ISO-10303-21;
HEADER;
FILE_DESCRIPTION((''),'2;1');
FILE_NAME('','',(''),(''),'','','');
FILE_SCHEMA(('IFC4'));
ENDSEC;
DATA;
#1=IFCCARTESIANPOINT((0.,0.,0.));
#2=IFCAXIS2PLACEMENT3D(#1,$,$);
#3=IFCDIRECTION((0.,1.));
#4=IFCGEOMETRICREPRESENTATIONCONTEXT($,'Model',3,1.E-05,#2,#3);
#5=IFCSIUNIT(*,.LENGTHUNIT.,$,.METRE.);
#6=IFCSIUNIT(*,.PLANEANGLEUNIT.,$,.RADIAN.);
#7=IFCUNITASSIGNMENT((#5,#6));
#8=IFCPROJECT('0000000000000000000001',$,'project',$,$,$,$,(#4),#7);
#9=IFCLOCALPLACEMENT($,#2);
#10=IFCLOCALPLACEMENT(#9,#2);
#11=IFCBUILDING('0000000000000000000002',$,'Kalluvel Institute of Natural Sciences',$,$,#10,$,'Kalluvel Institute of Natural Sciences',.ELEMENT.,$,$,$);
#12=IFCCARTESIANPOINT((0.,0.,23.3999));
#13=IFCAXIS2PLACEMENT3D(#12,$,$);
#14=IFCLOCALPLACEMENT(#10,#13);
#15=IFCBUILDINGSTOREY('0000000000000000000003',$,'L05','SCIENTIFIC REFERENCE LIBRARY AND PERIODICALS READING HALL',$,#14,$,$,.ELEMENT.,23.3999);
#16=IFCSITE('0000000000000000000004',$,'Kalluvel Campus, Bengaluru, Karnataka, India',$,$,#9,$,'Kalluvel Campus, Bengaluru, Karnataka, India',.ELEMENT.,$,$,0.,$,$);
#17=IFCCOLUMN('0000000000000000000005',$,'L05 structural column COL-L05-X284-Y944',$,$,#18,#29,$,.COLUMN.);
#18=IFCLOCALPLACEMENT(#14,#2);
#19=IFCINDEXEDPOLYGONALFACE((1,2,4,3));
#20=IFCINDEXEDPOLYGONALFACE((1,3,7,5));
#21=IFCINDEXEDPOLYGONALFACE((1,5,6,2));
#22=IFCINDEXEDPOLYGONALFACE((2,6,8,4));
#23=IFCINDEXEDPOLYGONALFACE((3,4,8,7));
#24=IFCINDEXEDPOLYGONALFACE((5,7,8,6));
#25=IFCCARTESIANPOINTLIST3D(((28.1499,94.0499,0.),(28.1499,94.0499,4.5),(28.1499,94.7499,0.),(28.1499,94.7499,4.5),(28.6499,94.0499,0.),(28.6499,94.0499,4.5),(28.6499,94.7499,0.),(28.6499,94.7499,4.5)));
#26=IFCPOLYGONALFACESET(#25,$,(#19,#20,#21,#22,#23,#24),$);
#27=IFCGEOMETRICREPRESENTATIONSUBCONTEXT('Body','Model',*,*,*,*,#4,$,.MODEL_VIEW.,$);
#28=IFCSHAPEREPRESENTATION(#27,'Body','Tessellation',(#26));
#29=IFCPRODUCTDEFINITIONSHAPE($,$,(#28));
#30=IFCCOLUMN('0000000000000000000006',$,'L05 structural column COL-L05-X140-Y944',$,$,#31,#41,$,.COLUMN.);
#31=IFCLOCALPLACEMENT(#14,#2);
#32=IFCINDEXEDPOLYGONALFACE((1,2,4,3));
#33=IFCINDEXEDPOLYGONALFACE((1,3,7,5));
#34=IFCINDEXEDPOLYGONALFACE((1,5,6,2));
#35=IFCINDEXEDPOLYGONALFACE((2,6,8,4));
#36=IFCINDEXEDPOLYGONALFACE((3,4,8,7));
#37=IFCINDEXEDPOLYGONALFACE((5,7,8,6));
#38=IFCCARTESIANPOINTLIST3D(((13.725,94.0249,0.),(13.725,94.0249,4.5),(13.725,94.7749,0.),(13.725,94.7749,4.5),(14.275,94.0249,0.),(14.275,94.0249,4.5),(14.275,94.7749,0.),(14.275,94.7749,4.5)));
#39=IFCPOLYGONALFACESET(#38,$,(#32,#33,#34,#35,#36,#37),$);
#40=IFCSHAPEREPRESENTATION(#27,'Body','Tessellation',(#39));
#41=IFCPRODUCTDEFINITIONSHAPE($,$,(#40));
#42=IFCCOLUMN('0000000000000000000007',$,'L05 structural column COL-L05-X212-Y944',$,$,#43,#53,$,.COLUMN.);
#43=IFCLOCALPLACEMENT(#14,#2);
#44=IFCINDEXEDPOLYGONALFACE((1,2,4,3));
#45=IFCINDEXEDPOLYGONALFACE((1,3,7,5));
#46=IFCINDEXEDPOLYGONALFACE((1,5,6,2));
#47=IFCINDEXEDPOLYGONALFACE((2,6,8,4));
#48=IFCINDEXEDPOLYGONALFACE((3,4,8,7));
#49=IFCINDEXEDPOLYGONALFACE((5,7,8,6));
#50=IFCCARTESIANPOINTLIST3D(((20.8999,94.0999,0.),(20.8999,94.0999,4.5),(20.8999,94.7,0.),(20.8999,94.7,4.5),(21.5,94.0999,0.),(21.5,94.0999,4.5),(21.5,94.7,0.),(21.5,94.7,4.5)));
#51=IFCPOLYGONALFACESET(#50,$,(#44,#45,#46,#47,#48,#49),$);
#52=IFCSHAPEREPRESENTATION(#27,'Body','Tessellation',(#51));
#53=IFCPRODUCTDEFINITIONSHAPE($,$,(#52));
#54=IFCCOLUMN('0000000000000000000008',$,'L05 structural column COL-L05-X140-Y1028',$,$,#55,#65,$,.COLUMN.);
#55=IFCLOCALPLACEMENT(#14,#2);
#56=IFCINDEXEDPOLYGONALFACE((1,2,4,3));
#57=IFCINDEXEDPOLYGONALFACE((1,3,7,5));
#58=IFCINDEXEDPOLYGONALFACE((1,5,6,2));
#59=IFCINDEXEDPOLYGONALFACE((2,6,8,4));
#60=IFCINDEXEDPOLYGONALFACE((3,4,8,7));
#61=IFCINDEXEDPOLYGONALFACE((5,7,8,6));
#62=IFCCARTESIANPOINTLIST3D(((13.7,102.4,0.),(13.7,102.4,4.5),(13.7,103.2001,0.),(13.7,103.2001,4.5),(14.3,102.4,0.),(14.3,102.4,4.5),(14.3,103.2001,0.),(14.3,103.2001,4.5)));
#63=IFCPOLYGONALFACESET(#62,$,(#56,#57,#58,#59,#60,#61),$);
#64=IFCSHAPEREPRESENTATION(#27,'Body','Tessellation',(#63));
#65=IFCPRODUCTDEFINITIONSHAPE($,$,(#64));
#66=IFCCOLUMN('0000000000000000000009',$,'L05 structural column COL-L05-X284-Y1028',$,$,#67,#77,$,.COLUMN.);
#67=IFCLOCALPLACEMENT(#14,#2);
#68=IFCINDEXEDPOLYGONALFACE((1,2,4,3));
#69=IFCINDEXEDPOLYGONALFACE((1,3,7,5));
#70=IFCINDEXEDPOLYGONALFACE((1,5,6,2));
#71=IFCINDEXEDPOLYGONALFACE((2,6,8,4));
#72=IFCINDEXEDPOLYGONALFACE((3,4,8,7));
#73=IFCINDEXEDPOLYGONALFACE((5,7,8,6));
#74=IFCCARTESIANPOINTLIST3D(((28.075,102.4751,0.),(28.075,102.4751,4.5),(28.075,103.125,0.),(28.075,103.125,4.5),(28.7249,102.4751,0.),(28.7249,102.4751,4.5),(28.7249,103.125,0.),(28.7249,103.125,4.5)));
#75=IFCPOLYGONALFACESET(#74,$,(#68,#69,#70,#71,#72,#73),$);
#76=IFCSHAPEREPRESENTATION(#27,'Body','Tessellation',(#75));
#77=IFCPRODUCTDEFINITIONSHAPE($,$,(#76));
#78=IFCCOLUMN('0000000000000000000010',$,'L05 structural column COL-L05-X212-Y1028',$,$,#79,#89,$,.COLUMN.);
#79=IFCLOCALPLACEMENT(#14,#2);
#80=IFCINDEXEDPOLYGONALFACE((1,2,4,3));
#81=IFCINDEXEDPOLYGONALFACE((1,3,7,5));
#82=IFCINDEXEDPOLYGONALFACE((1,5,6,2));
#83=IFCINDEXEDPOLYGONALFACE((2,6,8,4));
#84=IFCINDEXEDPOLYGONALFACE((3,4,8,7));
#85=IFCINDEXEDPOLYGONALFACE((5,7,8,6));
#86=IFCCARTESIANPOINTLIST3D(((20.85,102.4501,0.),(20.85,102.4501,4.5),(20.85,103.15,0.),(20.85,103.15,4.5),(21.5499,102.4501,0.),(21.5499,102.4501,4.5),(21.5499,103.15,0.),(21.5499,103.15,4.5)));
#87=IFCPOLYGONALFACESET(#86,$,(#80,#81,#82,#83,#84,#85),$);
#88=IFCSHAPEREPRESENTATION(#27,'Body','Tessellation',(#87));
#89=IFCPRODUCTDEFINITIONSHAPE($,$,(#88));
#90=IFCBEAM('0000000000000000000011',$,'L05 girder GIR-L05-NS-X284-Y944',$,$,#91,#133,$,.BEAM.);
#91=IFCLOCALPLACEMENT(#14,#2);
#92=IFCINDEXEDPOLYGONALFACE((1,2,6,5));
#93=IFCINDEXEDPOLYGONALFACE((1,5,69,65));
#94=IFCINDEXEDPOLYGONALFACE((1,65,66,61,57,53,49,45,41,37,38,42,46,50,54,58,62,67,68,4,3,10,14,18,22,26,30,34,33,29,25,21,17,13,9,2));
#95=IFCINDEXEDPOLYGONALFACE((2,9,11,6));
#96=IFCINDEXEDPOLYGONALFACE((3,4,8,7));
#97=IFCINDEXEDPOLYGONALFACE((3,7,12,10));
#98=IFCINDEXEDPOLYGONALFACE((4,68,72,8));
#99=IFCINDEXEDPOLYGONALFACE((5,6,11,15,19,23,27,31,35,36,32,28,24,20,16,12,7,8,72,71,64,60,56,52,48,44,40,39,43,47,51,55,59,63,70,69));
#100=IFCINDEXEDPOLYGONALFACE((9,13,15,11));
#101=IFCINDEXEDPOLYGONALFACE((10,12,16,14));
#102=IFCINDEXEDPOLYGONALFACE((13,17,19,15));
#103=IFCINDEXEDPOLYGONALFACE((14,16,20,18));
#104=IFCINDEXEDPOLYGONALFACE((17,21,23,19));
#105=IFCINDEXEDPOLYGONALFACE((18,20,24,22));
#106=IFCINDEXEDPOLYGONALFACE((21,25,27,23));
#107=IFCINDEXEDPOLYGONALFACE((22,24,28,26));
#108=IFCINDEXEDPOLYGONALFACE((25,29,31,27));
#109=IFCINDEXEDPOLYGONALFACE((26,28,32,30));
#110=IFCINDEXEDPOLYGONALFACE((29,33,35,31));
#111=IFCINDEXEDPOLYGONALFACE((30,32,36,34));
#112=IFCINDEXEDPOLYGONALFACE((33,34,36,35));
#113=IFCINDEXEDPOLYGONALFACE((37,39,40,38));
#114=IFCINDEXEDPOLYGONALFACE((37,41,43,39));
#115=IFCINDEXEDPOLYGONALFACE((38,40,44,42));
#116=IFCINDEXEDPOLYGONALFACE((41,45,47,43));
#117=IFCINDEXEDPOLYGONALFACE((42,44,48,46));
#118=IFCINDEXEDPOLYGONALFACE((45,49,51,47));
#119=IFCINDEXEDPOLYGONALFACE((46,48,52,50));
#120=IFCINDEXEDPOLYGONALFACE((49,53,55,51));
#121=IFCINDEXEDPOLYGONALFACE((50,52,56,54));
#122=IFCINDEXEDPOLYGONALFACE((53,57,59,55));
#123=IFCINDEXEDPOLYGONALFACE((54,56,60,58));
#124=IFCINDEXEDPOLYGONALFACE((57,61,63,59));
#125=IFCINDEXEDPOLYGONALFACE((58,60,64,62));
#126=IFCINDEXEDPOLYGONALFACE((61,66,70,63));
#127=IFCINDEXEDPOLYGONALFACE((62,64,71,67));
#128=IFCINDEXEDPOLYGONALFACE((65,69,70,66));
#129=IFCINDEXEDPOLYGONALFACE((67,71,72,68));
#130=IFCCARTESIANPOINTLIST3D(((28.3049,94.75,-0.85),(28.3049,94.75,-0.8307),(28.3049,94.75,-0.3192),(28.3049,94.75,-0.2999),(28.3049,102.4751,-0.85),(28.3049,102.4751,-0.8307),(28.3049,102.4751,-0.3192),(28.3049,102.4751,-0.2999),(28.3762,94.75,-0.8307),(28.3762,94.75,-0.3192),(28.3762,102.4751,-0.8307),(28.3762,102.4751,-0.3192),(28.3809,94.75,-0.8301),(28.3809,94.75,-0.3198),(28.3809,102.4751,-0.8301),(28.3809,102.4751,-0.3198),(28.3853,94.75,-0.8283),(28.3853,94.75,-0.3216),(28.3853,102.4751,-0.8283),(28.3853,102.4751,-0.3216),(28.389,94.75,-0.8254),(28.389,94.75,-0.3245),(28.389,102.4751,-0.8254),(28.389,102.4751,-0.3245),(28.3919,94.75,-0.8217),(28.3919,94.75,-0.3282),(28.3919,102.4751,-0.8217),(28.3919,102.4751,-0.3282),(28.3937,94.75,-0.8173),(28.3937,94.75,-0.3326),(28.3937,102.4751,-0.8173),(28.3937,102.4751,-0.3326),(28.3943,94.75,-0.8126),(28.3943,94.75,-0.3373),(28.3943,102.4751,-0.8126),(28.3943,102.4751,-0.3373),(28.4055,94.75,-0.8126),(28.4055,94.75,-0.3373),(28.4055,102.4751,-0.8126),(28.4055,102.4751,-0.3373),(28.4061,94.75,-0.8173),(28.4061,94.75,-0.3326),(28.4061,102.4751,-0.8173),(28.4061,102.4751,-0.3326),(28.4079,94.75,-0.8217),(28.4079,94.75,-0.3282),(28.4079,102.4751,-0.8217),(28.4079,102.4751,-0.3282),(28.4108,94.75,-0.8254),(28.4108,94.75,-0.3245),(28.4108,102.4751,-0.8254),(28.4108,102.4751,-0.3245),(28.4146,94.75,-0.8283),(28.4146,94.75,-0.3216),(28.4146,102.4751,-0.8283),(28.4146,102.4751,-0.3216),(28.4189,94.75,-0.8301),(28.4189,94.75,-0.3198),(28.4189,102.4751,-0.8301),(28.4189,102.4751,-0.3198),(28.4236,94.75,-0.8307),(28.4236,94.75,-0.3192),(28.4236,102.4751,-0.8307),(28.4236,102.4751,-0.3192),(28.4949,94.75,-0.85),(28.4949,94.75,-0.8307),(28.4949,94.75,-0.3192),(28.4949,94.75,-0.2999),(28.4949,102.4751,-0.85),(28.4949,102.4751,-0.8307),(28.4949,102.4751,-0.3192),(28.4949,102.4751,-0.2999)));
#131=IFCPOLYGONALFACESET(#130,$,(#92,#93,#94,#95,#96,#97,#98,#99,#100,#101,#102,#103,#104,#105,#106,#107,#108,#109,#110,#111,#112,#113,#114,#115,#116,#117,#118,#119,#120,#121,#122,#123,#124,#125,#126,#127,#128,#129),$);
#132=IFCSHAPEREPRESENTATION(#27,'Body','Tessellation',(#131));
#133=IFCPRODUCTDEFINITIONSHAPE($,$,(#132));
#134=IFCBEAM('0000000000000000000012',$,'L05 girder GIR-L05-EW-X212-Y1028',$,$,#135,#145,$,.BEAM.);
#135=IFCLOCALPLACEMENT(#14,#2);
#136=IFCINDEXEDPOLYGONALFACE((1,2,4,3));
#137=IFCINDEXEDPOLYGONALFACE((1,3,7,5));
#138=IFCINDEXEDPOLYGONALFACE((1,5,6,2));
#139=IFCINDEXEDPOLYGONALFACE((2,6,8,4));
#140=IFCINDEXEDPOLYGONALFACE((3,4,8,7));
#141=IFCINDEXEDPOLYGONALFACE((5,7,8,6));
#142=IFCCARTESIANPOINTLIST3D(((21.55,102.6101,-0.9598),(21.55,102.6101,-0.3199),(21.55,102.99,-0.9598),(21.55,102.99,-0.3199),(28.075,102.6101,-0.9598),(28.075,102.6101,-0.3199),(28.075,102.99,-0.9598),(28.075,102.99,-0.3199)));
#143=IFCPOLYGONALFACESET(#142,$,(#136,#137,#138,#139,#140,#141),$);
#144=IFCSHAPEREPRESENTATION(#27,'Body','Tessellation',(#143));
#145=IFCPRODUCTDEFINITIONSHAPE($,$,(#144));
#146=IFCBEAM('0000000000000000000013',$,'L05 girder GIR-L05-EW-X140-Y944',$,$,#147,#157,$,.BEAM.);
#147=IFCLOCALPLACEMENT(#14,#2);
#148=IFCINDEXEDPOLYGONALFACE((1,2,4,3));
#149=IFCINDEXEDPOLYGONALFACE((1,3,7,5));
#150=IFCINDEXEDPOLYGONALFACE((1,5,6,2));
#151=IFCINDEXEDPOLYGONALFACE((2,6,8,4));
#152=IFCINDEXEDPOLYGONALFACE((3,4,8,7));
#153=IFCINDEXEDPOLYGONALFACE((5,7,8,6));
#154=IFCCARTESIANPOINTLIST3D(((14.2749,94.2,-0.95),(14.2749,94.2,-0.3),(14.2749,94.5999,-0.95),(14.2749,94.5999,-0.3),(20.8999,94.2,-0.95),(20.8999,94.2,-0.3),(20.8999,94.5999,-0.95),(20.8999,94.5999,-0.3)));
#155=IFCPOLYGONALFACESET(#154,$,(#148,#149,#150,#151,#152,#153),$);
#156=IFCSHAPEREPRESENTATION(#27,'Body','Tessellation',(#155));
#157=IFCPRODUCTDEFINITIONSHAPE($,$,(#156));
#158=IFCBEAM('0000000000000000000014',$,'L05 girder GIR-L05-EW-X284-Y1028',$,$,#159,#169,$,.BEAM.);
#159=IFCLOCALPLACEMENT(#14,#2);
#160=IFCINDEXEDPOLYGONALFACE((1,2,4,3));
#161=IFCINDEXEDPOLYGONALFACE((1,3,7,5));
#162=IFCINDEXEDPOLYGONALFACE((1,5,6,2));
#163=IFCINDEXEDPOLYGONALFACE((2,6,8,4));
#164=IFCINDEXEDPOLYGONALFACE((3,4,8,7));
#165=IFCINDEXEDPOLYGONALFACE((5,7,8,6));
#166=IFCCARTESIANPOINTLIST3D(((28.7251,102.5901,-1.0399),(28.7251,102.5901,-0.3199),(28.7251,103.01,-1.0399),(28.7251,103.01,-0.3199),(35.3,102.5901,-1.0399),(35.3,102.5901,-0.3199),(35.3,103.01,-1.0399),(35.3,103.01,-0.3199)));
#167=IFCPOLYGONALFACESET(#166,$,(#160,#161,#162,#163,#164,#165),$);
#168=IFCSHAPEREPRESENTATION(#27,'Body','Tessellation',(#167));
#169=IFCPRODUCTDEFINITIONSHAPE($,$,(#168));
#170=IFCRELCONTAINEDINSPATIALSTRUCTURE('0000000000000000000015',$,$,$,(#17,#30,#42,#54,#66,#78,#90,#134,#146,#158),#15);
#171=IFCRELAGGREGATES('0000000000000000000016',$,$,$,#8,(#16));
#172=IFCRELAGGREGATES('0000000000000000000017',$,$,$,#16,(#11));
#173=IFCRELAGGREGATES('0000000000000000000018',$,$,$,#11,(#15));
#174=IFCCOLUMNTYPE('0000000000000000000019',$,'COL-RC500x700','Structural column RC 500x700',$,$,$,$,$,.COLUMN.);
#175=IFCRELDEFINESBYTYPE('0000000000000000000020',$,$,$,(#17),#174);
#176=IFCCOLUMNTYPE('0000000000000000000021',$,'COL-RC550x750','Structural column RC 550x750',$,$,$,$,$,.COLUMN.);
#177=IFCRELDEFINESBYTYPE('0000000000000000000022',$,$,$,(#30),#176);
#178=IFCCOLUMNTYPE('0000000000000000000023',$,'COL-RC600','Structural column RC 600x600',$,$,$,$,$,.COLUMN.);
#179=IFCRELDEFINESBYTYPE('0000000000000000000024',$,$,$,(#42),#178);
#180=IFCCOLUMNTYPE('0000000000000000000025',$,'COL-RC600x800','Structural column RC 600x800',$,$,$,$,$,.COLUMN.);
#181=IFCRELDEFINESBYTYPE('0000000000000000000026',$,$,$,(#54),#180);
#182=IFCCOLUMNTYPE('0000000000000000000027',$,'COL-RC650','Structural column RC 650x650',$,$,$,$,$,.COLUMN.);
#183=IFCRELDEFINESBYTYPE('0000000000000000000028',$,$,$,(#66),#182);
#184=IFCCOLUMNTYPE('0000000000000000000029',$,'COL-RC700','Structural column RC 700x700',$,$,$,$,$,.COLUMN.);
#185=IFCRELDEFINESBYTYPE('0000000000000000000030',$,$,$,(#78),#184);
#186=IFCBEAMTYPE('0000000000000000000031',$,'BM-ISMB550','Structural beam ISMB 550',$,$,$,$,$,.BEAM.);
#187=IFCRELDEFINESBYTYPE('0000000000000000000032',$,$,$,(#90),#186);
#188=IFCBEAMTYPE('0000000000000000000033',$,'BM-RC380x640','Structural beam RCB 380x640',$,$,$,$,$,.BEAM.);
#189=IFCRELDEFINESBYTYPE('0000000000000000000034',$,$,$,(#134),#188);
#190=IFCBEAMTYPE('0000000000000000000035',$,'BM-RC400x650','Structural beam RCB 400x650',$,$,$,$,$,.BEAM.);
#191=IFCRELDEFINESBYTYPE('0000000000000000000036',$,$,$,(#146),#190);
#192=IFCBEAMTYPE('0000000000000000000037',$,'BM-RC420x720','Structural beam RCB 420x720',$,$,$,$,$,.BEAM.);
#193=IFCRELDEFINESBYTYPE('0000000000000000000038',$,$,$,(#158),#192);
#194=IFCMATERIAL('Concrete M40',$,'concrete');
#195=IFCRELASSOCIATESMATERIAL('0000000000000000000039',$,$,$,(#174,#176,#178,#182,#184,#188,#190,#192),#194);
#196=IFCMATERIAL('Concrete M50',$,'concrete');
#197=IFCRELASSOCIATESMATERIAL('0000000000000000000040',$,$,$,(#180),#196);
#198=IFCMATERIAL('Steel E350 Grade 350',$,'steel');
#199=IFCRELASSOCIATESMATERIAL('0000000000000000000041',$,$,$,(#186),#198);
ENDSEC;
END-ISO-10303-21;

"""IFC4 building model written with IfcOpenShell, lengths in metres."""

from ifc_helpers import new_model, si_unit, direction, frame, origin, origin_2d, place, context, subcontext, project, spatial, rectangle, i_section, extrude, material, material_profile, profile_set, type_object, element, save


model = new_model("IFC4")

# Units and contexts
model_context = context("Model", 3, precision=1e-05, world=origin(), true_north=direction((0.0, 1.0)))
body_context = subcontext(model_context, "Body", "Model", "MODEL_VIEW")
ifc_project = project(units=[si_unit("LENGTHUNIT", "METRE"), si_unit("PLANEANGLEUNIT", "RADIAN")], contexts=[model_context])

# Site, building, storey
site_placement = place(None, origin())
site = spatial("IfcSite", under=ifc_project, at=site_placement, Name="Kalluvel Campus, Bengaluru, Karnataka, India", LongName="Kalluvel Campus, Bengaluru, Karnataka, India", CompositionType="ELEMENT", RefElevation=0.0)
building_placement = place(site_placement, origin())
building = spatial("IfcBuilding", under=site, at=building_placement, Name="Kalluvel Institute of Natural Sciences", LongName="Kalluvel Institute of Natural Sciences", CompositionType="ELEMENT")
storey_placement = place(building_placement, frame((0.0, 0.0, 23.3999)))
storey = spatial("IfcBuildingStorey", under=building, at=storey_placement, Name="L05", Description="SCIENTIFIC REFERENCE LIBRARY AND PERIODICALS READING HALL", CompositionType="ELEMENT", Elevation=23.3999)

# Columns
ifc_material_1 = material(Name="Concrete M40", Category="concrete")
ifc_material_profile_1 = material_profile(ifc_material_1, rectangle(XDim=0.5, YDim=0.7, at=origin_2d()), Name="RC 500x700")
ifc_profile_set_1 = profile_set([ifc_material_profile_1], Name="Concrete M40")
column_type_1 = type_object("IfcColumnType", Name="COL-RC500x700", Description="Structural column RC 500x700", PredefinedType="COLUMN", material=ifc_profile_set_1)
column_1_placement = place(storey_placement, frame((28.3999, 94.3999, 0.0), z_axis=(0.0, 0.0, 1.0), x_axis=(1.0, 0.0, 0.0)))
element("IfcColumn", 1, at=column_1_placement, inside=storey, type_object=column_type_1, Name="L05 structural column COL-L05-X284-Y944", PredefinedType="COLUMN", context=body_context, shape_type="SweptSolid", body=[
    extrude(rectangle(XDim=0.5, YDim=0.7, at=origin_2d()), origin(), (0.0, 0.0, 1.0), 4.5),
])
ifc_material_profile_2 = material_profile(ifc_material_1, rectangle(XDim=0.55, YDim=0.75, at=origin_2d()), Name="RC 550x750")
ifc_profile_set_2 = profile_set([ifc_material_profile_2], Name="Concrete M40")
column_type_2 = type_object("IfcColumnType", Name="COL-RC550x750", Description="Structural column RC 550x750", PredefinedType="COLUMN", material=ifc_profile_set_2)
column_2_placement = place(storey_placement, frame((14.0, 94.3999, 0.0), z_axis=(0.0, 0.0, 1.0), x_axis=(1.0, 0.0, 0.0)))
element("IfcColumn", 2, at=column_2_placement, inside=storey, type_object=column_type_2, Name="L05 structural column COL-L05-X140-Y944", PredefinedType="COLUMN", context=body_context, shape_type="SweptSolid", body=[
    extrude(rectangle(XDim=0.55, YDim=0.75, at=origin_2d()), origin(), (0.0, 0.0, 1.0), 4.5),
])
ifc_material_profile_3 = material_profile(ifc_material_1, rectangle(XDim=0.6001, YDim=0.6001, at=origin_2d()), Name="RC 600x600")
ifc_profile_set_3 = profile_set([ifc_material_profile_3], Name="Concrete M40")
column_type_3 = type_object("IfcColumnType", Name="COL-RC600", Description="Structural column RC 600x600", PredefinedType="COLUMN", material=ifc_profile_set_3)
column_3_placement = place(storey_placement, frame((21.2, 94.3999, 0.0), z_axis=(0.0, 0.0, 1.0), x_axis=(1.0, 0.0, 0.0)))
element("IfcColumn", 3, at=column_3_placement, inside=storey, type_object=column_type_3, Name="L05 structural column COL-L05-X212-Y944", PredefinedType="COLUMN", context=body_context, shape_type="SweptSolid", body=[
    extrude(rectangle(XDim=0.6001, YDim=0.6001, at=origin_2d()), origin(), (0.0, 0.0, 1.0), 4.5),
])
ifc_material_2 = material(Name="Concrete M50", Category="concrete")
ifc_material_profile_4 = material_profile(ifc_material_2, rectangle(XDim=0.6001, YDim=0.8, at=origin_2d()), Name="RC 600x800")
ifc_profile_set_4 = profile_set([ifc_material_profile_4], Name="Concrete M50")
column_type_4 = type_object("IfcColumnType", Name="COL-RC600x800", Description="Structural column RC 600x800", PredefinedType="COLUMN", material=ifc_profile_set_4)
column_4_placement = place(storey_placement, frame((14.0, 102.8, 0.0), z_axis=(0.0, 0.0, 1.0), x_axis=(1.0, 0.0, 0.0)))
element("IfcColumn", 4, at=column_4_placement, inside=storey, type_object=column_type_4, Name="L05 structural column COL-L05-X140-Y1028", PredefinedType="COLUMN", context=body_context, shape_type="SweptSolid", body=[
    extrude(rectangle(XDim=0.6001, YDim=0.8, at=origin_2d()), origin(), (0.0, 0.0, 1.0), 4.5),
])
ifc_material_profile_5 = material_profile(ifc_material_1, rectangle(XDim=0.6499, YDim=0.6499, at=origin_2d()), Name="RC 650x650")
ifc_profile_set_5 = profile_set([ifc_material_profile_5], Name="Concrete M40")
column_type_5 = type_object("IfcColumnType", Name="COL-RC650", Description="Structural column RC 650x650", PredefinedType="COLUMN", material=ifc_profile_set_5)
column_5_placement = place(storey_placement, frame((28.3999, 102.8, 0.0), z_axis=(0.0, 0.0, 1.0), x_axis=(1.0, 0.0, 0.0)))
element("IfcColumn", 5, at=column_5_placement, inside=storey, type_object=column_type_5, Name="L05 structural column COL-L05-X284-Y1028", PredefinedType="COLUMN", context=body_context, shape_type="SweptSolid", body=[
    extrude(rectangle(XDim=0.6499, YDim=0.6499, at=origin_2d()), origin(), (0.0, 0.0, 1.0), 4.5),
])
ifc_material_profile_6 = material_profile(ifc_material_1, rectangle(XDim=0.7, YDim=0.7, at=origin_2d()), Name="RC 700x700")
ifc_profile_set_6 = profile_set([ifc_material_profile_6], Name="Concrete M40")
column_type_6 = type_object("IfcColumnType", Name="COL-RC700", Description="Structural column RC 700x700", PredefinedType="COLUMN", material=ifc_profile_set_6)
column_6_placement = place(storey_placement, frame((21.2, 102.8, 0.0), z_axis=(0.0, 0.0, 1.0), x_axis=(1.0, 0.0, 0.0)))
element("IfcColumn", 6, at=column_6_placement, inside=storey, type_object=column_type_6, Name="L05 structural column COL-L05-X212-Y1028", PredefinedType="COLUMN", context=body_context, shape_type="SweptSolid", body=[
    extrude(rectangle(XDim=0.7, YDim=0.7, at=origin_2d()), origin(), (0.0, 0.0, 1.0), 4.5),
])

# Beams
ifc_material_3 = material(Name="Steel E350 Grade 350", Category="steel")
ifc_material_profile_7 = material_profile(ifc_material_3, i_section(OverallWidth=0.1899, OverallDepth=0.55, WebThickness=0.0112, FlangeThickness=0.0193, FilletRadius=0.0181, at=origin_2d()), Name="ISMB 550")
ifc_profile_set_7 = profile_set([ifc_material_profile_7], Name="Steel E350 Grade 350")
beam_type_1 = type_object("IfcBeamType", Name="BM-ISMB550", Description="Structural beam ISMB 550", PredefinedType="BEAM", material=ifc_profile_set_7)
beam_1_placement = place(storey_placement, frame((28.3999, 94.75, -0.575), z_axis=(0.0, 1.0, 0.0), x_axis=(-1.0, 0.0, 0.0)))
element("IfcBeam", 7, at=beam_1_placement, inside=storey, type_object=beam_type_1, Name="L05 girder GIR-L05-NS-X284-Y944", PredefinedType="BEAM", context=body_context, shape_type="SweptSolid", body=[
    extrude(i_section(OverallWidth=0.1899, OverallDepth=0.55, WebThickness=0.0112, FlangeThickness=0.0193, FilletRadius=0.0181, at=origin_2d()), origin(), (0.0, 0.0, 1.0), 7.7251),
])
ifc_material_profile_8 = material_profile(ifc_material_1, rectangle(XDim=0.3799, YDim=0.6399, at=origin_2d()), Name="RCB 380x640")
ifc_profile_set_8 = profile_set([ifc_material_profile_8], Name="Concrete M40")
beam_type_2 = type_object("IfcBeamType", Name="BM-RC380x640", Description="Structural beam RCB 380x640", PredefinedType="BEAM", material=ifc_profile_set_8)
beam_2_placement = place(storey_placement, frame((21.55, 102.8, -0.6399), z_axis=(1.0, 0.0, 0.0), x_axis=(0.0, 1.0, 0.0)))
element("IfcBeam", 8, at=beam_2_placement, inside=storey, type_object=beam_type_2, Name="L05 girder GIR-L05-EW-X212-Y1028", PredefinedType="BEAM", context=body_context, shape_type="SweptSolid", body=[
    extrude(rectangle(XDim=0.3799, YDim=0.6399, at=origin_2d()), origin(), (0.0, 0.0, 1.0), 6.5249),
])
ifc_material_profile_9 = material_profile(ifc_material_1, rectangle(XDim=0.3999, YDim=0.6499, at=origin_2d()), Name="RCB 400x650")
ifc_profile_set_9 = profile_set([ifc_material_profile_9], Name="Concrete M40")
beam_type_3 = type_object("IfcBeamType", Name="BM-RC400x650", Description="Structural beam RCB 400x650", PredefinedType="BEAM", material=ifc_profile_set_9)
beam_3_placement = place(storey_placement, frame((14.2749, 94.3999, -0.625), z_axis=(1.0, 0.0, 0.0), x_axis=(0.0, 1.0, 0.0)))
element("IfcBeam", 9, at=beam_3_placement, inside=storey, type_object=beam_type_3, Name="L05 girder GIR-L05-EW-X140-Y944", PredefinedType="BEAM", context=body_context, shape_type="SweptSolid", body=[
    extrude(rectangle(XDim=0.3999, YDim=0.6499, at=origin_2d()), origin(), (0.0, 0.0, 1.0), 6.625),
])
ifc_material_profile_10 = material_profile(ifc_material_1, rectangle(XDim=0.4199, YDim=0.72, at=origin_2d()), Name="RCB 420x720")
ifc_profile_set_10 = profile_set([ifc_material_profile_10], Name="Concrete M40")
beam_type_4 = type_object("IfcBeamType", Name="BM-RC420x720", Description="Structural beam RCB 420x720", PredefinedType="BEAM", material=ifc_profile_set_10)
beam_4_placement = place(storey_placement, frame((28.7251, 102.8, -0.6799), z_axis=(1.0, 0.0, 0.0), x_axis=(0.0, 1.0, 0.0)))
element("IfcBeam", 10, at=beam_4_placement, inside=storey, type_object=beam_type_4, Name="L05 girder GIR-L05-EW-X284-Y1028", PredefinedType="BEAM", context=body_context, shape_type="SweptSolid", body=[
    extrude(rectangle(XDim=0.4199, YDim=0.72, at=origin_2d()), origin(), (0.0, 0.0, 1.0), 6.575),
])

save(model, "model.ifc")
